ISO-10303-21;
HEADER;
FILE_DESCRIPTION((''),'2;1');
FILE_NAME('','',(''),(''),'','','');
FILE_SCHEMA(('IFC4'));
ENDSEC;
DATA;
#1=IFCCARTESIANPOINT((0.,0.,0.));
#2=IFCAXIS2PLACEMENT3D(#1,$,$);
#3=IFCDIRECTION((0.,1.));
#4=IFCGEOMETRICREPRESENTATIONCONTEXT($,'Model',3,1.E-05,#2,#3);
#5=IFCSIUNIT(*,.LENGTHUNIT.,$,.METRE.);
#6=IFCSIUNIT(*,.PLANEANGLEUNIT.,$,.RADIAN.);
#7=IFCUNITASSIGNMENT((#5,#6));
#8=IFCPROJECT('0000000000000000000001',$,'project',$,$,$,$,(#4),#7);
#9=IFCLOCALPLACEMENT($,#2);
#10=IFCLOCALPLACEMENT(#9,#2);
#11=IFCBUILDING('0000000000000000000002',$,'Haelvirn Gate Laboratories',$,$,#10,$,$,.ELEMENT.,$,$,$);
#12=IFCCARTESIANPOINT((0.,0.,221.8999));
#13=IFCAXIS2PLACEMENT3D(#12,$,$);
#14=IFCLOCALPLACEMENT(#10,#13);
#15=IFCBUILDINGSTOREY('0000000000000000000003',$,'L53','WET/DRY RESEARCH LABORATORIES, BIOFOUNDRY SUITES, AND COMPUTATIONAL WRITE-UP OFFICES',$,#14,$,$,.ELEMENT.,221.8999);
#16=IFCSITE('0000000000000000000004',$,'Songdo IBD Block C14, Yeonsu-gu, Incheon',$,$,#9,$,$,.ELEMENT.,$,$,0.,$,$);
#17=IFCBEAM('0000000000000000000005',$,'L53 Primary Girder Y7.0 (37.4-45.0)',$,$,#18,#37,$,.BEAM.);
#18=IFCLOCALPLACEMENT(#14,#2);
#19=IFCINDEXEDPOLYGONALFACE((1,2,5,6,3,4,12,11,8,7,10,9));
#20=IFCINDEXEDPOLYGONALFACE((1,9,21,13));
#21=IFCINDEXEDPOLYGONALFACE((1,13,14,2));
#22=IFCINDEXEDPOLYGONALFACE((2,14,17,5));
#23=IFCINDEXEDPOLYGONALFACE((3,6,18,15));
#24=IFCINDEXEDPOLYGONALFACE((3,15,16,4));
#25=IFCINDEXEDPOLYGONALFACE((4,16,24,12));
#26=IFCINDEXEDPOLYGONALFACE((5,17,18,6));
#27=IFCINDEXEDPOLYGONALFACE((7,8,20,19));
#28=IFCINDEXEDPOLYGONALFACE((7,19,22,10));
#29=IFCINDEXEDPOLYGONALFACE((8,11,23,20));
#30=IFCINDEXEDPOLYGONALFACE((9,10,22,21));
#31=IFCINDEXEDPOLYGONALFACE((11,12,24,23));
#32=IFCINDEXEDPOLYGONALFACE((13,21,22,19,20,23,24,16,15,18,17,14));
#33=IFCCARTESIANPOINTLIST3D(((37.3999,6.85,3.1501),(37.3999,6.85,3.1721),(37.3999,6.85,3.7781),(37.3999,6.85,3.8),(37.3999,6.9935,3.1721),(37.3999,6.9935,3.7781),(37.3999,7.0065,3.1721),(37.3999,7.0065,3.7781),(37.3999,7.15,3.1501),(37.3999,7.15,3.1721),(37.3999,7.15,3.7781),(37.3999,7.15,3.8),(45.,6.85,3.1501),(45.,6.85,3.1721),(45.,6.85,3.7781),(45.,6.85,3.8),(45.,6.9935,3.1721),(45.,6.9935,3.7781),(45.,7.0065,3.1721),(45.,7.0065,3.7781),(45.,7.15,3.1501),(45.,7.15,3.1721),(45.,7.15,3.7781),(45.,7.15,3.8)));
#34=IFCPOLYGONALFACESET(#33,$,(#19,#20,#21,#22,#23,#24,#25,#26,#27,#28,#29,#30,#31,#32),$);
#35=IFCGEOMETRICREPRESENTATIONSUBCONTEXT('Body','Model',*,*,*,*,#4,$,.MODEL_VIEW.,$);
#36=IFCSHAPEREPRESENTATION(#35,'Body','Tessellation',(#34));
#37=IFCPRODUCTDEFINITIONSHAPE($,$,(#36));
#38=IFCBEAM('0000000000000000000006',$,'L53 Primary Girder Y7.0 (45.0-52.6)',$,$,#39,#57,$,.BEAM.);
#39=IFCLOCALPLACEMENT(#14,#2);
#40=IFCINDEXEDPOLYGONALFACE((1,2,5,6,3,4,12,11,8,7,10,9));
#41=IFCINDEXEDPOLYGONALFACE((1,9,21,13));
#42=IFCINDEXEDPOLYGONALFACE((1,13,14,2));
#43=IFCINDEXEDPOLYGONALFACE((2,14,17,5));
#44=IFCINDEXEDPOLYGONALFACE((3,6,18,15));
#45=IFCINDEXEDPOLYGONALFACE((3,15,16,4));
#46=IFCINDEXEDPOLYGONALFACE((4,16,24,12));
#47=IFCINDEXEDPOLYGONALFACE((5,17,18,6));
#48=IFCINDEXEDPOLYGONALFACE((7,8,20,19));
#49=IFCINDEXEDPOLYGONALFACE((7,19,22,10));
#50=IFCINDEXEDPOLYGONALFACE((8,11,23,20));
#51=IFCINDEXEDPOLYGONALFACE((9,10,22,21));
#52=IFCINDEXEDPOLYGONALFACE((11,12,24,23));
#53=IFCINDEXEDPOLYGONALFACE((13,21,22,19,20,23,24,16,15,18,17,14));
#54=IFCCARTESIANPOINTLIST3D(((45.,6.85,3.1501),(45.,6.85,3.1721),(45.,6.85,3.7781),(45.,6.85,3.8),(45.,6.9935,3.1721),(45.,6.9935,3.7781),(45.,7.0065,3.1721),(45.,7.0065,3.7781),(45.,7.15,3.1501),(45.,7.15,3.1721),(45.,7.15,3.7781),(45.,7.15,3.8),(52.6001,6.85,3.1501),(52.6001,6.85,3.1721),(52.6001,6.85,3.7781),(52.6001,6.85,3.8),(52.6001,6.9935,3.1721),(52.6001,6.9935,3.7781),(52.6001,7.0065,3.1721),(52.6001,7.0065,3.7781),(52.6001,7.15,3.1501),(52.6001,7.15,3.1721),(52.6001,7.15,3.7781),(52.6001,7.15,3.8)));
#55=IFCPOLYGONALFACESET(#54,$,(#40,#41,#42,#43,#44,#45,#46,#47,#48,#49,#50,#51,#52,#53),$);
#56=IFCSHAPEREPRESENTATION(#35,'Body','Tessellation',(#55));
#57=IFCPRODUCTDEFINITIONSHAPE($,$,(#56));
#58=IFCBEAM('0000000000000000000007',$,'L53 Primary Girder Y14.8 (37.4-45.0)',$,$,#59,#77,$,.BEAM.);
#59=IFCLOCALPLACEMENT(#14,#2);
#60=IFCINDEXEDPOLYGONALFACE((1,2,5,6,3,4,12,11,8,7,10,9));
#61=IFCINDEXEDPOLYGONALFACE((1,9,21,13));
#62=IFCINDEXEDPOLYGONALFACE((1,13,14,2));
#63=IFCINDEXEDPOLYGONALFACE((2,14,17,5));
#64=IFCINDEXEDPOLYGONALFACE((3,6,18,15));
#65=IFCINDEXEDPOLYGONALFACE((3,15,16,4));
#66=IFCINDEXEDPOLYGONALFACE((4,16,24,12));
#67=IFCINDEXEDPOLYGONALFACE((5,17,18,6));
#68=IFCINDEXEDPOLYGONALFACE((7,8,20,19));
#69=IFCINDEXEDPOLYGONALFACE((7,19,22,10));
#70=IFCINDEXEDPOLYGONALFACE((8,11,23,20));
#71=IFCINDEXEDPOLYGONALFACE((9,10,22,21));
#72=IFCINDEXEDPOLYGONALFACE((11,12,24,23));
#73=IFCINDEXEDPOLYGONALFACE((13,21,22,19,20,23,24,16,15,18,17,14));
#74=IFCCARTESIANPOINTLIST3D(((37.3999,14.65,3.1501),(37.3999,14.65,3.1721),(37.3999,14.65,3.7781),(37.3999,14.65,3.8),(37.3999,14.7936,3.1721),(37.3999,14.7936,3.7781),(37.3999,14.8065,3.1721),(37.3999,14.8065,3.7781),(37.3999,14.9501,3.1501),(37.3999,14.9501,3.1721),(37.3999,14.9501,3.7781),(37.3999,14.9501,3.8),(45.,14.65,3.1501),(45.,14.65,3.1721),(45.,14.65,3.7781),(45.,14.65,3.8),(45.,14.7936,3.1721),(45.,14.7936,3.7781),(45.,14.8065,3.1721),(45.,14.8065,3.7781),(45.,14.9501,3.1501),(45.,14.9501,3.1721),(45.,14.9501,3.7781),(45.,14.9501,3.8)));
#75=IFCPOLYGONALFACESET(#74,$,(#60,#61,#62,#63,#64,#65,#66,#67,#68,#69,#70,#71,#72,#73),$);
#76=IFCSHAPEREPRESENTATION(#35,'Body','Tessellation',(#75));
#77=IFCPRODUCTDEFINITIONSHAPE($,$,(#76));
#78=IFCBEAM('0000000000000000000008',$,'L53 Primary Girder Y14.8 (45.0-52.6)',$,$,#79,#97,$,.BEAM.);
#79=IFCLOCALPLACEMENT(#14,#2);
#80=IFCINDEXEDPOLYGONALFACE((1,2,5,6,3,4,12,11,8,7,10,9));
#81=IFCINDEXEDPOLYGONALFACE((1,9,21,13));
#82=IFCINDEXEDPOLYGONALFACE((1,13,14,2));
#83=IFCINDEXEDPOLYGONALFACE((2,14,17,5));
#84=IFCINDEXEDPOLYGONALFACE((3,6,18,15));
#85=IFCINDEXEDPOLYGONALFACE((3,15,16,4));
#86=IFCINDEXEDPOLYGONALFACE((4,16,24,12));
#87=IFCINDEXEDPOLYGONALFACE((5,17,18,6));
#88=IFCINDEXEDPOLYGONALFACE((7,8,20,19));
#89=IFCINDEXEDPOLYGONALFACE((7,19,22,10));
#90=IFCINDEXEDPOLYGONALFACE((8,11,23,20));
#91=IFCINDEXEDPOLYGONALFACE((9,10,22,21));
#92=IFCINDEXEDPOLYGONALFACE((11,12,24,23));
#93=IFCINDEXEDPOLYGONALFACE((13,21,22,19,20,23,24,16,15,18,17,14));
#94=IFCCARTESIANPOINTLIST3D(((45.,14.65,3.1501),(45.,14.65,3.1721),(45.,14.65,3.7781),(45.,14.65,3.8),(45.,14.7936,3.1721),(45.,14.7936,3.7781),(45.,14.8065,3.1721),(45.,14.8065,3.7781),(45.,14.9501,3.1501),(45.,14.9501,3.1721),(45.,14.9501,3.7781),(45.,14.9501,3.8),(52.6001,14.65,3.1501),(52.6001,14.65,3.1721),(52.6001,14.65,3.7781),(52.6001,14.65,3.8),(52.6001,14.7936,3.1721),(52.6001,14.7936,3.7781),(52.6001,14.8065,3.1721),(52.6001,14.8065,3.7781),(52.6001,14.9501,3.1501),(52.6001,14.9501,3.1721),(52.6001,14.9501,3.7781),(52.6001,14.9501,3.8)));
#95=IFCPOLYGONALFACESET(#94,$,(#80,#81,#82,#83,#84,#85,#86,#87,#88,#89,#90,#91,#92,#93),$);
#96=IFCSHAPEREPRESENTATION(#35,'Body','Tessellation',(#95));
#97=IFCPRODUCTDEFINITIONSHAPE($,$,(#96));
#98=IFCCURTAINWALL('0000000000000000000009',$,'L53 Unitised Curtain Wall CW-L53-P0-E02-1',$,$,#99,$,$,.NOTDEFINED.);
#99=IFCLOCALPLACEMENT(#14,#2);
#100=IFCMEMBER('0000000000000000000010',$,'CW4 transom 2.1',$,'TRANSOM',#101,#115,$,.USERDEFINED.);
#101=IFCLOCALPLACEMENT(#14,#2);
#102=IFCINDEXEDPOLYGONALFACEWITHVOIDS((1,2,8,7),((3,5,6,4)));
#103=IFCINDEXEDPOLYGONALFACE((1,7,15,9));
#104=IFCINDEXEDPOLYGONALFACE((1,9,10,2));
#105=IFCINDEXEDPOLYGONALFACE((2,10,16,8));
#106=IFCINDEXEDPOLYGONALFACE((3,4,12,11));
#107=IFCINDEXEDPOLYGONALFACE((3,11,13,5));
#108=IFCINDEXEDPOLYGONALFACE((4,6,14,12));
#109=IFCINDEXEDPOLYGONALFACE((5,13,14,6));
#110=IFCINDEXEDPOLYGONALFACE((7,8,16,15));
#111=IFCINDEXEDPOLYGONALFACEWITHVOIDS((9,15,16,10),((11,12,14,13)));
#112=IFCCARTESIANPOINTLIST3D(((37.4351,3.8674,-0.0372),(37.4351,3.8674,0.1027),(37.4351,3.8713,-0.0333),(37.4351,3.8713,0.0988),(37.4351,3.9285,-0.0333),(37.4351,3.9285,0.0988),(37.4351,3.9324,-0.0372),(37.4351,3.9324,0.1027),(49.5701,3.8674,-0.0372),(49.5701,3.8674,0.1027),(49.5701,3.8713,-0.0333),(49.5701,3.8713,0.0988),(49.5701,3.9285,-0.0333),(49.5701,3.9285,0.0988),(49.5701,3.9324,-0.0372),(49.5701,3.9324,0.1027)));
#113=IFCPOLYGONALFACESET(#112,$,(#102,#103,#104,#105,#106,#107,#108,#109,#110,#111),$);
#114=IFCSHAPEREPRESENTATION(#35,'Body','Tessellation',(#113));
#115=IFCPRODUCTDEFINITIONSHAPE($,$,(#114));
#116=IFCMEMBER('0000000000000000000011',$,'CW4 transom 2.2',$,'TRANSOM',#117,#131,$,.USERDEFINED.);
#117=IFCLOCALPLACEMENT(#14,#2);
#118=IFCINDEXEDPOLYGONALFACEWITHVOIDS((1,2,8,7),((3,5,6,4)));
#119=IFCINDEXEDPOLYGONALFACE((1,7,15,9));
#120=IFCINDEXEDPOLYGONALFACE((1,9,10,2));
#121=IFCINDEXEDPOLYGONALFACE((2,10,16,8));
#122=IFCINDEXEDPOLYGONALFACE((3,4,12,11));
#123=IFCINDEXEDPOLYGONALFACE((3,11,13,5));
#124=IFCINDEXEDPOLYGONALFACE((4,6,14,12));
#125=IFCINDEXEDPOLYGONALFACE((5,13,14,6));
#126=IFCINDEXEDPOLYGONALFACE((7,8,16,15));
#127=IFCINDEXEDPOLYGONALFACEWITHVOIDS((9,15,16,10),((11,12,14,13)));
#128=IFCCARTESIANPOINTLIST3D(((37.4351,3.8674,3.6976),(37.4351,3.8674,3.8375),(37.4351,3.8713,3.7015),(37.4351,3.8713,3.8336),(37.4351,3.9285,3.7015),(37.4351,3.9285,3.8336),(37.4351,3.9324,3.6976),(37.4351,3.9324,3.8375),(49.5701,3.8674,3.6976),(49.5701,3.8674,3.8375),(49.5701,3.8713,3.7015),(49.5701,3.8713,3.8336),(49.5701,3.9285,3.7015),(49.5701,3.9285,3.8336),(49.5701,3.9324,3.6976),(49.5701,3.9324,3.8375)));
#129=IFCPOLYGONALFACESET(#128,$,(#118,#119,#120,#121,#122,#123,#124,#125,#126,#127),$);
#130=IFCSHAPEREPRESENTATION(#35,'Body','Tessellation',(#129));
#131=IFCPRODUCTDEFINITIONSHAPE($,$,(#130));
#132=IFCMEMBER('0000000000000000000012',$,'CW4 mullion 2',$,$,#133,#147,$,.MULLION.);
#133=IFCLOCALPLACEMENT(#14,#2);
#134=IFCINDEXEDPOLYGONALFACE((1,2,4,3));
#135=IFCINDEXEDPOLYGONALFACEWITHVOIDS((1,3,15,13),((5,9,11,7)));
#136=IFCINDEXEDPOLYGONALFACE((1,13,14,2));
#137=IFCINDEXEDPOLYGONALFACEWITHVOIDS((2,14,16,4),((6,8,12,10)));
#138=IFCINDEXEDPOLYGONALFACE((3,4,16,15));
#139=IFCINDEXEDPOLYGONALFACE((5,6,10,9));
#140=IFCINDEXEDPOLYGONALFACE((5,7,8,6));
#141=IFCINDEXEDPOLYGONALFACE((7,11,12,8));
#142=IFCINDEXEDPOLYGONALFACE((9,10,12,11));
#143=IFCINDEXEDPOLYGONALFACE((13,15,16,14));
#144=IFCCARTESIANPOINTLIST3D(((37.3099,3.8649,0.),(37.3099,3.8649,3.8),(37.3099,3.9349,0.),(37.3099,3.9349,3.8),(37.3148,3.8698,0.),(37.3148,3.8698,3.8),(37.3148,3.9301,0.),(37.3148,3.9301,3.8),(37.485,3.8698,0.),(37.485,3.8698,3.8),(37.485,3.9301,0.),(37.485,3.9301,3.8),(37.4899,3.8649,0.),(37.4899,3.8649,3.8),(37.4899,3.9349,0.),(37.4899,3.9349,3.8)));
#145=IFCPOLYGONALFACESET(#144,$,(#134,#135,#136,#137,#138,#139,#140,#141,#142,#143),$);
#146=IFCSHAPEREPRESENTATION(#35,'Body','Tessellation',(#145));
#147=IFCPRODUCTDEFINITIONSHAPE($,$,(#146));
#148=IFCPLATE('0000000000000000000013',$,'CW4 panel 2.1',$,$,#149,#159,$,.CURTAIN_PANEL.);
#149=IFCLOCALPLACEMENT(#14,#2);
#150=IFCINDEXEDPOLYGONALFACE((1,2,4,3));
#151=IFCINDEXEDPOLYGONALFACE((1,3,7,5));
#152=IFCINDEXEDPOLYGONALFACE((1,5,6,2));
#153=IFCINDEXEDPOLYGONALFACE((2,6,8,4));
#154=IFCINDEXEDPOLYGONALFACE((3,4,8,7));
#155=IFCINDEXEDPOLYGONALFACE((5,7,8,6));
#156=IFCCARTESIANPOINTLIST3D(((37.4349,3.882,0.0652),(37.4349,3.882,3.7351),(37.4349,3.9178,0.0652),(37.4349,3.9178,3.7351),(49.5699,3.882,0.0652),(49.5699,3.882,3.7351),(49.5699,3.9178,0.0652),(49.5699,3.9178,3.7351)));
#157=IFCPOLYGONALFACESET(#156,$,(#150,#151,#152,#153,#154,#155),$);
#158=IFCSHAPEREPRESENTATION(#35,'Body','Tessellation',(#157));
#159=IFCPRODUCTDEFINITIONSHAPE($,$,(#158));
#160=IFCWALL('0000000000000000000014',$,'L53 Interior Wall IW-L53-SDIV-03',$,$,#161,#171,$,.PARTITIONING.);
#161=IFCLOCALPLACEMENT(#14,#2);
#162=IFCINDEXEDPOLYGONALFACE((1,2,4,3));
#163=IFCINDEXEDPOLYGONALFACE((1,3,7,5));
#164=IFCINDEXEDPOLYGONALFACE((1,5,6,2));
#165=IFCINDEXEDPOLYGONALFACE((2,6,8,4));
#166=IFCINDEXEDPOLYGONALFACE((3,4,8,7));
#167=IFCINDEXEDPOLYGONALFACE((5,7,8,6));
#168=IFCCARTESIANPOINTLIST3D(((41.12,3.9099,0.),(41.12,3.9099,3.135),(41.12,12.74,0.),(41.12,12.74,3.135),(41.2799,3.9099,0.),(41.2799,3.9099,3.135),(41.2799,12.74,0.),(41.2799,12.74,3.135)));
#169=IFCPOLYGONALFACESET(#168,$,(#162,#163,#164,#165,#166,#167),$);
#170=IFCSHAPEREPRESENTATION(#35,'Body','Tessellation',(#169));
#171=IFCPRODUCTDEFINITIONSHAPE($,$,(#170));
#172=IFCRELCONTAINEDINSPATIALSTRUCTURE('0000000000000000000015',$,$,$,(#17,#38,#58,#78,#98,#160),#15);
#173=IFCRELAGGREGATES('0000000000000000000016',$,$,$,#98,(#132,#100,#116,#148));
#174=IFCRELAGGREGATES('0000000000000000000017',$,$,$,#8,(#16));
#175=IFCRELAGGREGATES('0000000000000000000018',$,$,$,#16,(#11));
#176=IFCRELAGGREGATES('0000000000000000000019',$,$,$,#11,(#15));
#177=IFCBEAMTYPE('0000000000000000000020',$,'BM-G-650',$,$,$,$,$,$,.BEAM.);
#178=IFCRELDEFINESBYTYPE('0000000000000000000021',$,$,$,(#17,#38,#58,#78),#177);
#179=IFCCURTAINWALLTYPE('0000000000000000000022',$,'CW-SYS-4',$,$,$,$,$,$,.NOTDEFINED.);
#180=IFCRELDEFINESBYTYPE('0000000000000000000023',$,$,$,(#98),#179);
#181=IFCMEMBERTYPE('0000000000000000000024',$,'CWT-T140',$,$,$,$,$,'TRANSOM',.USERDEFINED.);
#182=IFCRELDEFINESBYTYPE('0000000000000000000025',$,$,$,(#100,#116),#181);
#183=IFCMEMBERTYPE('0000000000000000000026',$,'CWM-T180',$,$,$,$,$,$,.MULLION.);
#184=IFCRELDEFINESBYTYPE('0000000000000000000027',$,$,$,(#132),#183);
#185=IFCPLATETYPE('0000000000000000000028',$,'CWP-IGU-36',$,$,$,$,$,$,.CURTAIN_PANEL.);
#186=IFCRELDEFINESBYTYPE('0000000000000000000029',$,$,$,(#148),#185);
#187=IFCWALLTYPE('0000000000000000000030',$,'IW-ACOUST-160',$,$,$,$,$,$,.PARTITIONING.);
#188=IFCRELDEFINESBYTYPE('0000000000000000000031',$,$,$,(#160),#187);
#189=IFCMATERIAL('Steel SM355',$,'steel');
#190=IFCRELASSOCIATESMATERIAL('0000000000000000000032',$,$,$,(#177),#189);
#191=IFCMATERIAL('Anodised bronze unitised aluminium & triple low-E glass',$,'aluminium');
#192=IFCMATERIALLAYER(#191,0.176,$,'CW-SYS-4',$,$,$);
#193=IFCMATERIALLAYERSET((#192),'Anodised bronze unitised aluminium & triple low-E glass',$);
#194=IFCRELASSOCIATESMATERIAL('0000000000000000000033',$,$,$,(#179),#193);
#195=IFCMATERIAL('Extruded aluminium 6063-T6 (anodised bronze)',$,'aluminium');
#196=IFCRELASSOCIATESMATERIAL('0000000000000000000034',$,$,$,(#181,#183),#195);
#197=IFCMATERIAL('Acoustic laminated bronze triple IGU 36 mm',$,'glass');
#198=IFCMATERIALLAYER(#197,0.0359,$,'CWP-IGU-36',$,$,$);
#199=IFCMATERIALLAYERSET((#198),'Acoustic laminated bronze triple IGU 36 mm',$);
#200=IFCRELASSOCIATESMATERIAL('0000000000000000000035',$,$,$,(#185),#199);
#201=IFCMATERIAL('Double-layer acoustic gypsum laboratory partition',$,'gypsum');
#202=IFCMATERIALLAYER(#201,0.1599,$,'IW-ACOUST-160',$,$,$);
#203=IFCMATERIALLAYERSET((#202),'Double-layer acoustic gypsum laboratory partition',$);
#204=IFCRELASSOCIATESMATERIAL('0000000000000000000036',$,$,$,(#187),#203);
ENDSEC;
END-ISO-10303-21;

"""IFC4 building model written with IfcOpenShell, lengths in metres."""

from ifc_helpers import new_model, si_unit, direction, frame, frame_2d, origin, origin_2d, place, context, subcontext, project, spatial, rectangle, hollow_rectangle, i_section, extrude, source, transform, mapped, material, layer, layer_set, material_profile, profile_set, type_object, type_shapes, element, aggregate, save


model = new_model("IFC4")

# Units and contexts
model_context = context("Model", 3, precision=1e-05, world=origin(), true_north=direction((0.0, 1.0)))
body_context = subcontext(model_context, "Body", "Model", "MODEL_VIEW")
ifc_project = project(units=[si_unit("LENGTHUNIT", "METRE"), si_unit("PLANEANGLEUNIT", "RADIAN")], contexts=[model_context])

# Site, building, storey
site_placement = place(None, origin())
site = spatial("IfcSite", under=ifc_project, at=site_placement, Name="Songdo IBD Block C14, Yeonsu-gu, Incheon", CompositionType="ELEMENT", RefElevation=0.0)
building_placement = place(site_placement, origin())
building = spatial("IfcBuilding", under=site, at=building_placement, Name="Haelvirn Gate Laboratories", CompositionType="ELEMENT")
storey_placement = place(building_placement, frame((0.0, 0.0, 221.8999)))
storey = spatial("IfcBuildingStorey", under=building, at=storey_placement, Name="L53", Description="WET/DRY RESEARCH LABORATORIES, BIOFOUNDRY SUITES, AND COMPUTATIONAL WRITE-UP OFFICES", CompositionType="ELEMENT", Elevation=221.8999)

# Shared definitions
ifc_material_1 = material(Name="Steel SM355", Category="steel")

# Beams
ifc_material_profile_1 = material_profile(ifc_material_1, i_section(OverallWidth=0.3, OverallDepth=0.6499, WebThickness=0.0129, FlangeThickness=0.022, at=origin_2d()), Name="H-650x300x13x22")
ifc_profile_set_1 = profile_set([ifc_material_profile_1], Name="Steel SM355")
beam_type_1 = type_object("IfcBeamType", Name="BM-G-650", PredefinedType="BEAM", material=ifc_profile_set_1)
shared_shape_1 = source(origin(), body_context, "Body", "SweptSolid", [
    extrude(i_section(OverallWidth=0.3, OverallDepth=0.6499, WebThickness=0.0129, FlangeThickness=0.022, at=origin_2d()), origin(), (0.0, 0.0, 1.0), 7.6001),
])
type_shapes(beam_type_1, [shared_shape_1])
for number, where, z_axis, x_axis, name in (
    (1, (37.3999, 7.0, 3.4751), (1.0, 0.0, 0.0), (0.0, 1.0, 0.0), "L53 Primary Girder Y7.0 (37.4-45.0)"),
    (2, (45.0, 7.0, 3.4751), (1.0, 0.0, 0.0), (0.0, 1.0, 0.0), "L53 Primary Girder Y7.0 (45.0-52.6)"),
    (3, (37.3999, 14.8, 3.4751), (1.0, 0.0, 0.0), (0.0, 1.0, 0.0), "L53 Primary Girder Y14.8 (37.4-45.0)"),
    (4, (45.0, 14.8, 3.4751), (1.0, 0.0, 0.0), (0.0, 1.0, 0.0), "L53 Primary Girder Y14.8 (45.0-52.6)"),
):
    element("IfcBeam", number, at=place(storey_placement, frame(where, z_axis=z_axis, x_axis=x_axis)), inside=storey, type_object=beam_type_1, Name=name, PredefinedType="BEAM", context=body_context, shape_type="MappedRepresentation", body=[
        mapped(shared_shape_1, transform((0.0, 0.0, 0.0), scale=1.0)),
    ])

# Curtain wall, members, plate
ifc_material_2 = material(Name="Anodised bronze unitised aluminium & triple low-E glass", Category="aluminium")
ifc_layer_1 = layer(ifc_material_2, 0.176, Name="CW-SYS-4")
ifc_layer_set_1 = layer_set([ifc_layer_1], Name="Anodised bronze unitised aluminium & triple low-E glass")
curtain_wall_type = type_object("IfcCurtainWallType", Name="CW-SYS-4", PredefinedType="NOTDEFINED", material=ifc_layer_set_1)
curtain_wall_placement = place(storey_placement, origin())
curtain_wall = element("IfcCurtainWall", 5, at=curtain_wall_placement, inside=storey, type_object=curtain_wall_type, Name="L53 Unitised Curtain Wall CW-L53-P0-E02-1", PredefinedType="NOTDEFINED")
ifc_material_3 = material(Name="Extruded aluminium 6063-T6 (anodised bronze)", Category="aluminium")
ifc_material_profile_2 = material_profile(ifc_material_3, hollow_rectangle(XDim=0.0649, YDim=0.1399, WallThickness=0.0039, at=origin_2d()), Name="CWT-140x65x4")
ifc_profile_set_2 = profile_set([ifc_material_profile_2], Name="Extruded aluminium 6063-T6 (anodised bronze)")
member_type_1 = type_object("IfcMemberType", Name="CWT-T140", ElementType="TRANSOM", PredefinedType="USERDEFINED", material=ifc_profile_set_2)
shared_shape_2 = source(origin(), body_context, "Body", "SweptSolid", [
    extrude(hollow_rectangle(XDim=0.0649, YDim=0.1399, WallThickness=0.0039, at=origin_2d()), origin(), (0.0, 0.0, 1.0), 12.135),
])
type_shapes(member_type_1, [shared_shape_2])
member_1_placement = place(storey_placement, frame((37.4351, 3.8999, 0.0327), z_axis=(1.0, 0.0, 0.0), x_axis=(0.0, 1.0, 0.0)))
member_1 = element("IfcMember", 6, at=member_1_placement, type_object=member_type_1, Name="CW4 transom 2.1", ObjectType="TRANSOM", PredefinedType="USERDEFINED", context=body_context, shape_type="MappedRepresentation", body=[
    mapped(shared_shape_2, transform((0.0, 0.0, 0.0), scale=1.0)),
])
member_2_placement = place(storey_placement, frame((37.4351, 3.8999, 3.7676), z_axis=(1.0, 0.0, 0.0), x_axis=(0.0, 1.0, 0.0)))
member_2 = element("IfcMember", 7, at=member_2_placement, type_object=member_type_1, Name="CW4 transom 2.2", ObjectType="TRANSOM", PredefinedType="USERDEFINED", context=body_context, shape_type="MappedRepresentation", body=[
    mapped(shared_shape_2, transform((0.0, 0.0, 0.0), scale=1.0)),
])
ifc_material_profile_3 = material_profile(ifc_material_3, hollow_rectangle(XDim=0.0701, YDim=0.1799, WallThickness=0.0049, at=origin_2d()), Name="CWM-180x70x5")
ifc_profile_set_3 = profile_set([ifc_material_profile_3], Name="Extruded aluminium 6063-T6 (anodised bronze)")
member_type_2 = type_object("IfcMemberType", Name="CWM-T180", PredefinedType="MULLION", material=ifc_profile_set_3)
shared_shape_3 = source(origin(), body_context, "Body", "SweptSolid", [
    extrude(hollow_rectangle(XDim=0.0701, YDim=0.1799, WallThickness=0.0049, at=origin_2d()), origin(), (0.0, 0.0, 1.0), 3.8),
])
type_shapes(member_type_2, [shared_shape_3])
member_3_placement = place(storey_placement, frame((37.3999, 3.8999, 0.0), z_axis=(0.0, 0.0, 1.0), x_axis=(0.0, 1.0, 0.0)))
member_3 = element("IfcMember", 8, at=member_3_placement, type_object=member_type_2, Name="CW4 mullion 2", PredefinedType="MULLION", context=body_context, shape_type="MappedRepresentation", body=[
    mapped(shared_shape_3, transform((0.0, 0.0, 0.0), scale=1.0)),
])
ifc_material_4 = material(Name="Acoustic laminated bronze triple IGU 36 mm", Category="glass")
ifc_layer_2 = layer(ifc_material_4, 0.0359, Name="CWP-IGU-36")
ifc_layer_set_2 = layer_set([ifc_layer_2], Name="Acoustic laminated bronze triple IGU 36 mm")
plate_type = type_object("IfcPlateType", Name="CWP-IGU-36", PredefinedType="CURTAIN_PANEL", material=ifc_layer_set_2)
shared_shape_4 = source(origin(), body_context, "Body", "SweptSolid", [
    extrude(rectangle(XDim=12.135, YDim=0.0359, at=origin_2d()), origin(), (0.0, 0.0, 1.0), 3.6699),
])
type_shapes(plate_type, [shared_shape_4])
plate_placement = place(storey_placement, frame((43.5024, 3.8999, 0.0652), z_axis=(0.0, 0.0, 1.0), x_axis=(1.0, 0.0, 0.0)))
plate = element("IfcPlate", 9, at=plate_placement, type_object=plate_type, Name="CW4 panel 2.1", PredefinedType="CURTAIN_PANEL", context=body_context, shape_type="MappedRepresentation", body=[
    mapped(shared_shape_4, transform((0.0, 0.0, 0.0), scale=1.0)),
])
aggregate(curtain_wall, [member_3, member_1, member_2, plate])

# Wall
ifc_material_5 = material(Name="Double-layer acoustic gypsum laboratory partition", Category="gypsum")
ifc_layer_3 = layer(ifc_material_5, 0.1599, Name="IW-ACOUST-160")
ifc_layer_set_3 = layer_set([ifc_layer_3], Name="Double-layer acoustic gypsum laboratory partition")
wall_type_1 = type_object("IfcWallType", Name="IW-ACOUST-160", PredefinedType="PARTITIONING", material=ifc_layer_set_3)
wall_1_placement = place(storey_placement, frame((41.2, 3.9099, 0.0), z_axis=(0.0, 0.0, 1.0), x_axis=(0.0, 1.0, 0.0)))
element("IfcWall", 10, at=wall_1_placement, inside=storey, type_object=wall_type_1, Name="L53 Interior Wall IW-L53-SDIV-03", PredefinedType="PARTITIONING", context=body_context, shape_type="SweptSolid", body=[
    extrude(rectangle(XDim=8.8301, YDim=0.1599, at=frame_2d((4.415, 0.0))), origin(), (0.0, 0.0, 1.0), 3.135),
])

save(model, "model.ifc")
